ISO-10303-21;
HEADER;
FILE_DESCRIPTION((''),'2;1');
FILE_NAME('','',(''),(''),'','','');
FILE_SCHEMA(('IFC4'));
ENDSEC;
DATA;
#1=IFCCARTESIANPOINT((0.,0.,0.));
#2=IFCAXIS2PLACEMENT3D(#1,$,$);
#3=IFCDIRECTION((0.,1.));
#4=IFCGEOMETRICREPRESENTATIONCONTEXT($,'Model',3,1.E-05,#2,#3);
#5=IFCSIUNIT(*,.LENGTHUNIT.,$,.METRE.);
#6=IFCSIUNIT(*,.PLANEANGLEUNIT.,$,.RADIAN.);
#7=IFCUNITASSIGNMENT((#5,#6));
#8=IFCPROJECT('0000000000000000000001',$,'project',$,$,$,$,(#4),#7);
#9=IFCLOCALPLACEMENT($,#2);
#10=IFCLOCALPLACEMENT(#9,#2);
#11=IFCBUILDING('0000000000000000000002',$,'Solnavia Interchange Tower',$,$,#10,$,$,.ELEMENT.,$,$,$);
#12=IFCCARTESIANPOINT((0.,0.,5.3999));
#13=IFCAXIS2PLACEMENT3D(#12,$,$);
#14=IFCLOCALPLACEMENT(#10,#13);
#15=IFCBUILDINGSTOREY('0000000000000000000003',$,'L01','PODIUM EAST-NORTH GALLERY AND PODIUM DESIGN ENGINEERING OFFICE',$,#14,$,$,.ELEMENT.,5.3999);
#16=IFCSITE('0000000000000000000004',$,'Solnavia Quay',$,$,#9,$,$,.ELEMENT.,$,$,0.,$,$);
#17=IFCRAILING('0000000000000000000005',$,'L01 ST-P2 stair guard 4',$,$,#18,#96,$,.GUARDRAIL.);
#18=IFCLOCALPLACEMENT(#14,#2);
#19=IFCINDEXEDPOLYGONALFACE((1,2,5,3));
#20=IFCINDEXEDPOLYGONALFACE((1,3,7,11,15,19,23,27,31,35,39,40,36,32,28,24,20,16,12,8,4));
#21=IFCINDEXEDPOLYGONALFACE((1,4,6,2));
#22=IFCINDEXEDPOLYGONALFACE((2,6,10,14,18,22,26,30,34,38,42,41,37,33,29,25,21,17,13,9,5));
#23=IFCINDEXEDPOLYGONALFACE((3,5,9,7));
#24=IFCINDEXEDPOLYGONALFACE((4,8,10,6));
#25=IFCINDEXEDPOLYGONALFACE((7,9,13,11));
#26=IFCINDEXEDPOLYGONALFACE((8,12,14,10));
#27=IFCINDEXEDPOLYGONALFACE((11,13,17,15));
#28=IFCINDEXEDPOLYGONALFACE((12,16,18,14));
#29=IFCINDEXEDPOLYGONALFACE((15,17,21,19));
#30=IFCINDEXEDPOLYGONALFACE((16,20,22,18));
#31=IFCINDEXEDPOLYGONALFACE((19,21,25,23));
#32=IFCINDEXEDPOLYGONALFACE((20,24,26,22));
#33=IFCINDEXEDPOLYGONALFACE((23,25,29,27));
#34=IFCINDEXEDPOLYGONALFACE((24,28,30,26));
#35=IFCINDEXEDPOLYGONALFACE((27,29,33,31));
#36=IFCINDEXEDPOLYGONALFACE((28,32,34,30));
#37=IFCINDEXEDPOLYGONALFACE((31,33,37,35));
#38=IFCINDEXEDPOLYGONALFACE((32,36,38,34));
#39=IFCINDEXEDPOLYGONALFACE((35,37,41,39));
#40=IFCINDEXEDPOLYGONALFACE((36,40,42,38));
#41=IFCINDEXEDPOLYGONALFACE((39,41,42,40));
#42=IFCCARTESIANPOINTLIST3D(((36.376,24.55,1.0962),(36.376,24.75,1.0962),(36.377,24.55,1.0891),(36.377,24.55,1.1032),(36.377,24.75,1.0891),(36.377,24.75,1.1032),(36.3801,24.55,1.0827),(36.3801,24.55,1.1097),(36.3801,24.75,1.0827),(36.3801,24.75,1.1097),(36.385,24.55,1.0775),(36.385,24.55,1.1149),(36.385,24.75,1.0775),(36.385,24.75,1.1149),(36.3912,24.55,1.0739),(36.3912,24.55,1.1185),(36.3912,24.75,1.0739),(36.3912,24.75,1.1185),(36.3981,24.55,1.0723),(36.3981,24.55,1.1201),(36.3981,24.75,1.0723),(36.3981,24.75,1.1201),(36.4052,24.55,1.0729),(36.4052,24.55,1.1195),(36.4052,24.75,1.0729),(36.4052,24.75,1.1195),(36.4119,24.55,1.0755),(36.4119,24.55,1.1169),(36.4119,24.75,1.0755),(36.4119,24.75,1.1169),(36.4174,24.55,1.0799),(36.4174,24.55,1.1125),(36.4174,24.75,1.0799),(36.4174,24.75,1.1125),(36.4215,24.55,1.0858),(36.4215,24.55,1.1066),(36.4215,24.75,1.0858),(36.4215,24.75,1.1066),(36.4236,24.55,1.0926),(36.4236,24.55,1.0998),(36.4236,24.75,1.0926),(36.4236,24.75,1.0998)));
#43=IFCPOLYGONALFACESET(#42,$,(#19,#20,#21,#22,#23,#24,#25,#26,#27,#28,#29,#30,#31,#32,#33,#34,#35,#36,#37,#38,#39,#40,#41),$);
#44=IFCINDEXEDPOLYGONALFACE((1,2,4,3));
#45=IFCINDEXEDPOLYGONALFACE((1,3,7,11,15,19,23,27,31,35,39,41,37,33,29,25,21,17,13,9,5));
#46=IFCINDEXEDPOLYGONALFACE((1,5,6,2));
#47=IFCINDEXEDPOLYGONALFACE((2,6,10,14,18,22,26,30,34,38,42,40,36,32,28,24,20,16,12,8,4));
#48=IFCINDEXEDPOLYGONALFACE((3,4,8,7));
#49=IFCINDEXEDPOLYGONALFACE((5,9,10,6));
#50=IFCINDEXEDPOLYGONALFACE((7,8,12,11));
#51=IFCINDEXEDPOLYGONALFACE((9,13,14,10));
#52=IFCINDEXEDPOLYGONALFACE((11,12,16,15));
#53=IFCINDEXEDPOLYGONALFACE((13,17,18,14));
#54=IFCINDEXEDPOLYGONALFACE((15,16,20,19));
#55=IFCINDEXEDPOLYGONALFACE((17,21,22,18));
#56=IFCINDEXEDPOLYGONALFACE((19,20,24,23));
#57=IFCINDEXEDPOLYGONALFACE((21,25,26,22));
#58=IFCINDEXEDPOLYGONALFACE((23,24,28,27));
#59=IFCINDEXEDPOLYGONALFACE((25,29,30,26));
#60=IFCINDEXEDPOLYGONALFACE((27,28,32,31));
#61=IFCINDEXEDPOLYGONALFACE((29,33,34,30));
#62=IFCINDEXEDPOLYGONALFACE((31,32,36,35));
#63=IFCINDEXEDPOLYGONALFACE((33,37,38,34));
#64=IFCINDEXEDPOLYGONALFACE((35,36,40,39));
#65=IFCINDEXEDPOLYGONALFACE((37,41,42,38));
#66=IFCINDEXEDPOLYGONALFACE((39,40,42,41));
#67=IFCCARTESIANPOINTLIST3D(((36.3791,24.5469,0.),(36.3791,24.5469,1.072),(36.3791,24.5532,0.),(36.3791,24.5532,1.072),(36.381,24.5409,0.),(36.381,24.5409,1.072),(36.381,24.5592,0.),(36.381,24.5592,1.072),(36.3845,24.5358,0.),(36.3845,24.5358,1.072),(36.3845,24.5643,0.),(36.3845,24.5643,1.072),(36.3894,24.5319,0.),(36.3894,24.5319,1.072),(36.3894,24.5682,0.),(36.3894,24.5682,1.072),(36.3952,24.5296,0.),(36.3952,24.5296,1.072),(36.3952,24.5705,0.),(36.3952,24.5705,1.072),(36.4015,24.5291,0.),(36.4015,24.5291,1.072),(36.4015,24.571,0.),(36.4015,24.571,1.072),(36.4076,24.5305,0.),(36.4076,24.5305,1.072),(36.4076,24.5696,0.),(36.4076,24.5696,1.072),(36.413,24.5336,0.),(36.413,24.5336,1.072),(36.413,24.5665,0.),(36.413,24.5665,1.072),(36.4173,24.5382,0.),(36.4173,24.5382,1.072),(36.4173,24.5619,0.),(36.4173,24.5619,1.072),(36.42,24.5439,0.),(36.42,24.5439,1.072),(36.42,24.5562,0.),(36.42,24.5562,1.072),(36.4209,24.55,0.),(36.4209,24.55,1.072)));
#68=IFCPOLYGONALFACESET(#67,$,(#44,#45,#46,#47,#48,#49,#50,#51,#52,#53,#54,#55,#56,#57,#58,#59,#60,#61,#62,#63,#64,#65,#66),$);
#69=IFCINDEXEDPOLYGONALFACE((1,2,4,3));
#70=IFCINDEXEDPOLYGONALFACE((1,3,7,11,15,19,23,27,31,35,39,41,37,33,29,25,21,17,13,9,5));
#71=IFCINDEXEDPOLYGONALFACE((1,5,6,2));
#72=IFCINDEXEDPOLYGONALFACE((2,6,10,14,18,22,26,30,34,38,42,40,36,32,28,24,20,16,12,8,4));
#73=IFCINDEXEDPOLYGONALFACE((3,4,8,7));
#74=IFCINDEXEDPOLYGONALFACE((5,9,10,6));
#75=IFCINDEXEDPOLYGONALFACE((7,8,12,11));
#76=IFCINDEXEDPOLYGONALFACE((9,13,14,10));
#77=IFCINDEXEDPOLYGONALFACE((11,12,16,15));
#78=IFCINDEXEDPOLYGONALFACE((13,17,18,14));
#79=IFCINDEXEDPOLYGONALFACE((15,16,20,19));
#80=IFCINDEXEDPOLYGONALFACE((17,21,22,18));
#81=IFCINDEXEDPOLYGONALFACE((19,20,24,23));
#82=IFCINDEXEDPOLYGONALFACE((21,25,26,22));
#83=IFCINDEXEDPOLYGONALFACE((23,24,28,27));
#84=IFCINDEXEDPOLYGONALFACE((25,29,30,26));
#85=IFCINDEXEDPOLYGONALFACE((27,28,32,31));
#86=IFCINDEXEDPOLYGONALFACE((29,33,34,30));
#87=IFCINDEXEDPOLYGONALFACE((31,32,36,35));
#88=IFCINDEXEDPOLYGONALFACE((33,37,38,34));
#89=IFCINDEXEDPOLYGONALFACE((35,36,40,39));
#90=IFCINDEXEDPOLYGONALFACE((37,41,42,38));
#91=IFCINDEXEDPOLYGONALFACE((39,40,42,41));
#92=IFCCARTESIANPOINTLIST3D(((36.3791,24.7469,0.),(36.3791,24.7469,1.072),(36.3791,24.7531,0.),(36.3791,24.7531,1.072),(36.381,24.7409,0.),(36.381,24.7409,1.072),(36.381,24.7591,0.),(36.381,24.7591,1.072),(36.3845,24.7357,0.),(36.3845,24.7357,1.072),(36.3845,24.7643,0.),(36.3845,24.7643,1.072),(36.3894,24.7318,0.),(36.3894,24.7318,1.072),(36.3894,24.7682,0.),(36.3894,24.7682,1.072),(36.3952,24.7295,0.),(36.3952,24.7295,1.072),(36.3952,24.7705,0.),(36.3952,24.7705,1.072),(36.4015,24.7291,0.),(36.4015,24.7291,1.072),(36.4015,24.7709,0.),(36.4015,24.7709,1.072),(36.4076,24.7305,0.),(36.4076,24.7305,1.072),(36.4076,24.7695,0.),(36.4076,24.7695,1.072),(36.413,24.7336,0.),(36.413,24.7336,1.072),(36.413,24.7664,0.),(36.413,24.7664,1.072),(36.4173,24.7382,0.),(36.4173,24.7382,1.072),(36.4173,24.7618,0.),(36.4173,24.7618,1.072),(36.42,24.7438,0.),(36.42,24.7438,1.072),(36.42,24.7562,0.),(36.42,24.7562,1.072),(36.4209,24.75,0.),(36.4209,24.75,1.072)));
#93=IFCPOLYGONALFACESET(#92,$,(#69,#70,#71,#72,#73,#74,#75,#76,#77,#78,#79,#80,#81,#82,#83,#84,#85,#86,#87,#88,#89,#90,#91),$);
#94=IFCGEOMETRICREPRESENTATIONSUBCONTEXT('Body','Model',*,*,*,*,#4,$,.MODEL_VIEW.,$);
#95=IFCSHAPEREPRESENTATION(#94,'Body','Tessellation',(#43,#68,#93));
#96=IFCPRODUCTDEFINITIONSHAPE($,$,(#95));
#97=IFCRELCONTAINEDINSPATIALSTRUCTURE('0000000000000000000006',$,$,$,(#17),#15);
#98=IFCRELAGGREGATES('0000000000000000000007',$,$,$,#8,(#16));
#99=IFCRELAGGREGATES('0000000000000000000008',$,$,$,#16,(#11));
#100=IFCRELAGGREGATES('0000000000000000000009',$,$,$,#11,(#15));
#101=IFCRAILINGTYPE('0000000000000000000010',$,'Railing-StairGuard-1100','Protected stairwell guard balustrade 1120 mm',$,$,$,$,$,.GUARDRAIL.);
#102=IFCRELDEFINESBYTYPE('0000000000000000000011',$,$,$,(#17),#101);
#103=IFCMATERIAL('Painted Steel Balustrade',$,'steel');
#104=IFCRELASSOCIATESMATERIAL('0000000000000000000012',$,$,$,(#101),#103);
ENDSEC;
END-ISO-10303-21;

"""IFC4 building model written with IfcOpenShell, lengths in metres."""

from ifc_helpers import new_model, si_unit, direction, frame, origin, origin_2d, place, context, subcontext, project, spatial, circle, extrude, material, type_object, element, save


model = new_model("IFC4")

# Units and contexts
model_context = context("Model", 3, precision=1e-05, world=origin(), true_north=direction((0.0, 1.0)))
body_context = subcontext(model_context, "Body", "Model", "MODEL_VIEW")
ifc_project = project(units=[si_unit("LENGTHUNIT", "METRE"), si_unit("PLANEANGLEUNIT", "RADIAN")], contexts=[model_context])

# Site, building, storey
site_placement = place(None, origin())
site = spatial("IfcSite", under=ifc_project, at=site_placement, Name="Solnavia Quay", CompositionType="ELEMENT", RefElevation=0.0)
building_placement = place(site_placement, origin())
building = spatial("IfcBuilding", under=site, at=building_placement, Name="Solnavia Interchange Tower", CompositionType="ELEMENT")
storey_placement = place(building_placement, frame((0.0, 0.0, 5.3999)))
storey = spatial("IfcBuildingStorey", under=building, at=storey_placement, Name="L01", Description="PODIUM EAST-NORTH GALLERY AND PODIUM DESIGN ENGINEERING OFFICE", CompositionType="ELEMENT", Elevation=5.3999)

# Railing
ifc_material_1 = material(Name="Painted Steel Balustrade", Category="steel")
railing_type_1 = type_object("IfcRailingType", Name="Railing-StairGuard-1100", Description="Protected stairwell guard balustrade 1120 mm", PredefinedType="GUARDRAIL", material=ifc_material_1)
railing_1_placement = place(storey_placement, frame((36.3999, 24.55, 0.0)))
element("IfcRailing", 1, at=railing_1_placement, inside=storey, type_object=railing_type_1, Name="L01 ST-P2 stair guard 4", PredefinedType="GUARDRAIL", context=body_context, shape_type="SweptSolid", body=[
    extrude(circle(Radius=0.0239, at=origin_2d()), frame((0.0, 0.0, 1.0962), z_axis=(0.0, 1.0, 0.0), x_axis=(-1.0, 0.0, 0.0)), (0.0, 0.0, 1.0), 0.2),
    extrude(circle(Radius=0.021, at=origin_2d()), origin(), (0.0, 0.0, 1.0), 1.072),
    extrude(circle(Radius=0.021, at=origin_2d()), frame((0.0, 0.2, 0.0)), (0.0, 0.0, 1.0), 1.072),
])

save(model, "model.ifc")
